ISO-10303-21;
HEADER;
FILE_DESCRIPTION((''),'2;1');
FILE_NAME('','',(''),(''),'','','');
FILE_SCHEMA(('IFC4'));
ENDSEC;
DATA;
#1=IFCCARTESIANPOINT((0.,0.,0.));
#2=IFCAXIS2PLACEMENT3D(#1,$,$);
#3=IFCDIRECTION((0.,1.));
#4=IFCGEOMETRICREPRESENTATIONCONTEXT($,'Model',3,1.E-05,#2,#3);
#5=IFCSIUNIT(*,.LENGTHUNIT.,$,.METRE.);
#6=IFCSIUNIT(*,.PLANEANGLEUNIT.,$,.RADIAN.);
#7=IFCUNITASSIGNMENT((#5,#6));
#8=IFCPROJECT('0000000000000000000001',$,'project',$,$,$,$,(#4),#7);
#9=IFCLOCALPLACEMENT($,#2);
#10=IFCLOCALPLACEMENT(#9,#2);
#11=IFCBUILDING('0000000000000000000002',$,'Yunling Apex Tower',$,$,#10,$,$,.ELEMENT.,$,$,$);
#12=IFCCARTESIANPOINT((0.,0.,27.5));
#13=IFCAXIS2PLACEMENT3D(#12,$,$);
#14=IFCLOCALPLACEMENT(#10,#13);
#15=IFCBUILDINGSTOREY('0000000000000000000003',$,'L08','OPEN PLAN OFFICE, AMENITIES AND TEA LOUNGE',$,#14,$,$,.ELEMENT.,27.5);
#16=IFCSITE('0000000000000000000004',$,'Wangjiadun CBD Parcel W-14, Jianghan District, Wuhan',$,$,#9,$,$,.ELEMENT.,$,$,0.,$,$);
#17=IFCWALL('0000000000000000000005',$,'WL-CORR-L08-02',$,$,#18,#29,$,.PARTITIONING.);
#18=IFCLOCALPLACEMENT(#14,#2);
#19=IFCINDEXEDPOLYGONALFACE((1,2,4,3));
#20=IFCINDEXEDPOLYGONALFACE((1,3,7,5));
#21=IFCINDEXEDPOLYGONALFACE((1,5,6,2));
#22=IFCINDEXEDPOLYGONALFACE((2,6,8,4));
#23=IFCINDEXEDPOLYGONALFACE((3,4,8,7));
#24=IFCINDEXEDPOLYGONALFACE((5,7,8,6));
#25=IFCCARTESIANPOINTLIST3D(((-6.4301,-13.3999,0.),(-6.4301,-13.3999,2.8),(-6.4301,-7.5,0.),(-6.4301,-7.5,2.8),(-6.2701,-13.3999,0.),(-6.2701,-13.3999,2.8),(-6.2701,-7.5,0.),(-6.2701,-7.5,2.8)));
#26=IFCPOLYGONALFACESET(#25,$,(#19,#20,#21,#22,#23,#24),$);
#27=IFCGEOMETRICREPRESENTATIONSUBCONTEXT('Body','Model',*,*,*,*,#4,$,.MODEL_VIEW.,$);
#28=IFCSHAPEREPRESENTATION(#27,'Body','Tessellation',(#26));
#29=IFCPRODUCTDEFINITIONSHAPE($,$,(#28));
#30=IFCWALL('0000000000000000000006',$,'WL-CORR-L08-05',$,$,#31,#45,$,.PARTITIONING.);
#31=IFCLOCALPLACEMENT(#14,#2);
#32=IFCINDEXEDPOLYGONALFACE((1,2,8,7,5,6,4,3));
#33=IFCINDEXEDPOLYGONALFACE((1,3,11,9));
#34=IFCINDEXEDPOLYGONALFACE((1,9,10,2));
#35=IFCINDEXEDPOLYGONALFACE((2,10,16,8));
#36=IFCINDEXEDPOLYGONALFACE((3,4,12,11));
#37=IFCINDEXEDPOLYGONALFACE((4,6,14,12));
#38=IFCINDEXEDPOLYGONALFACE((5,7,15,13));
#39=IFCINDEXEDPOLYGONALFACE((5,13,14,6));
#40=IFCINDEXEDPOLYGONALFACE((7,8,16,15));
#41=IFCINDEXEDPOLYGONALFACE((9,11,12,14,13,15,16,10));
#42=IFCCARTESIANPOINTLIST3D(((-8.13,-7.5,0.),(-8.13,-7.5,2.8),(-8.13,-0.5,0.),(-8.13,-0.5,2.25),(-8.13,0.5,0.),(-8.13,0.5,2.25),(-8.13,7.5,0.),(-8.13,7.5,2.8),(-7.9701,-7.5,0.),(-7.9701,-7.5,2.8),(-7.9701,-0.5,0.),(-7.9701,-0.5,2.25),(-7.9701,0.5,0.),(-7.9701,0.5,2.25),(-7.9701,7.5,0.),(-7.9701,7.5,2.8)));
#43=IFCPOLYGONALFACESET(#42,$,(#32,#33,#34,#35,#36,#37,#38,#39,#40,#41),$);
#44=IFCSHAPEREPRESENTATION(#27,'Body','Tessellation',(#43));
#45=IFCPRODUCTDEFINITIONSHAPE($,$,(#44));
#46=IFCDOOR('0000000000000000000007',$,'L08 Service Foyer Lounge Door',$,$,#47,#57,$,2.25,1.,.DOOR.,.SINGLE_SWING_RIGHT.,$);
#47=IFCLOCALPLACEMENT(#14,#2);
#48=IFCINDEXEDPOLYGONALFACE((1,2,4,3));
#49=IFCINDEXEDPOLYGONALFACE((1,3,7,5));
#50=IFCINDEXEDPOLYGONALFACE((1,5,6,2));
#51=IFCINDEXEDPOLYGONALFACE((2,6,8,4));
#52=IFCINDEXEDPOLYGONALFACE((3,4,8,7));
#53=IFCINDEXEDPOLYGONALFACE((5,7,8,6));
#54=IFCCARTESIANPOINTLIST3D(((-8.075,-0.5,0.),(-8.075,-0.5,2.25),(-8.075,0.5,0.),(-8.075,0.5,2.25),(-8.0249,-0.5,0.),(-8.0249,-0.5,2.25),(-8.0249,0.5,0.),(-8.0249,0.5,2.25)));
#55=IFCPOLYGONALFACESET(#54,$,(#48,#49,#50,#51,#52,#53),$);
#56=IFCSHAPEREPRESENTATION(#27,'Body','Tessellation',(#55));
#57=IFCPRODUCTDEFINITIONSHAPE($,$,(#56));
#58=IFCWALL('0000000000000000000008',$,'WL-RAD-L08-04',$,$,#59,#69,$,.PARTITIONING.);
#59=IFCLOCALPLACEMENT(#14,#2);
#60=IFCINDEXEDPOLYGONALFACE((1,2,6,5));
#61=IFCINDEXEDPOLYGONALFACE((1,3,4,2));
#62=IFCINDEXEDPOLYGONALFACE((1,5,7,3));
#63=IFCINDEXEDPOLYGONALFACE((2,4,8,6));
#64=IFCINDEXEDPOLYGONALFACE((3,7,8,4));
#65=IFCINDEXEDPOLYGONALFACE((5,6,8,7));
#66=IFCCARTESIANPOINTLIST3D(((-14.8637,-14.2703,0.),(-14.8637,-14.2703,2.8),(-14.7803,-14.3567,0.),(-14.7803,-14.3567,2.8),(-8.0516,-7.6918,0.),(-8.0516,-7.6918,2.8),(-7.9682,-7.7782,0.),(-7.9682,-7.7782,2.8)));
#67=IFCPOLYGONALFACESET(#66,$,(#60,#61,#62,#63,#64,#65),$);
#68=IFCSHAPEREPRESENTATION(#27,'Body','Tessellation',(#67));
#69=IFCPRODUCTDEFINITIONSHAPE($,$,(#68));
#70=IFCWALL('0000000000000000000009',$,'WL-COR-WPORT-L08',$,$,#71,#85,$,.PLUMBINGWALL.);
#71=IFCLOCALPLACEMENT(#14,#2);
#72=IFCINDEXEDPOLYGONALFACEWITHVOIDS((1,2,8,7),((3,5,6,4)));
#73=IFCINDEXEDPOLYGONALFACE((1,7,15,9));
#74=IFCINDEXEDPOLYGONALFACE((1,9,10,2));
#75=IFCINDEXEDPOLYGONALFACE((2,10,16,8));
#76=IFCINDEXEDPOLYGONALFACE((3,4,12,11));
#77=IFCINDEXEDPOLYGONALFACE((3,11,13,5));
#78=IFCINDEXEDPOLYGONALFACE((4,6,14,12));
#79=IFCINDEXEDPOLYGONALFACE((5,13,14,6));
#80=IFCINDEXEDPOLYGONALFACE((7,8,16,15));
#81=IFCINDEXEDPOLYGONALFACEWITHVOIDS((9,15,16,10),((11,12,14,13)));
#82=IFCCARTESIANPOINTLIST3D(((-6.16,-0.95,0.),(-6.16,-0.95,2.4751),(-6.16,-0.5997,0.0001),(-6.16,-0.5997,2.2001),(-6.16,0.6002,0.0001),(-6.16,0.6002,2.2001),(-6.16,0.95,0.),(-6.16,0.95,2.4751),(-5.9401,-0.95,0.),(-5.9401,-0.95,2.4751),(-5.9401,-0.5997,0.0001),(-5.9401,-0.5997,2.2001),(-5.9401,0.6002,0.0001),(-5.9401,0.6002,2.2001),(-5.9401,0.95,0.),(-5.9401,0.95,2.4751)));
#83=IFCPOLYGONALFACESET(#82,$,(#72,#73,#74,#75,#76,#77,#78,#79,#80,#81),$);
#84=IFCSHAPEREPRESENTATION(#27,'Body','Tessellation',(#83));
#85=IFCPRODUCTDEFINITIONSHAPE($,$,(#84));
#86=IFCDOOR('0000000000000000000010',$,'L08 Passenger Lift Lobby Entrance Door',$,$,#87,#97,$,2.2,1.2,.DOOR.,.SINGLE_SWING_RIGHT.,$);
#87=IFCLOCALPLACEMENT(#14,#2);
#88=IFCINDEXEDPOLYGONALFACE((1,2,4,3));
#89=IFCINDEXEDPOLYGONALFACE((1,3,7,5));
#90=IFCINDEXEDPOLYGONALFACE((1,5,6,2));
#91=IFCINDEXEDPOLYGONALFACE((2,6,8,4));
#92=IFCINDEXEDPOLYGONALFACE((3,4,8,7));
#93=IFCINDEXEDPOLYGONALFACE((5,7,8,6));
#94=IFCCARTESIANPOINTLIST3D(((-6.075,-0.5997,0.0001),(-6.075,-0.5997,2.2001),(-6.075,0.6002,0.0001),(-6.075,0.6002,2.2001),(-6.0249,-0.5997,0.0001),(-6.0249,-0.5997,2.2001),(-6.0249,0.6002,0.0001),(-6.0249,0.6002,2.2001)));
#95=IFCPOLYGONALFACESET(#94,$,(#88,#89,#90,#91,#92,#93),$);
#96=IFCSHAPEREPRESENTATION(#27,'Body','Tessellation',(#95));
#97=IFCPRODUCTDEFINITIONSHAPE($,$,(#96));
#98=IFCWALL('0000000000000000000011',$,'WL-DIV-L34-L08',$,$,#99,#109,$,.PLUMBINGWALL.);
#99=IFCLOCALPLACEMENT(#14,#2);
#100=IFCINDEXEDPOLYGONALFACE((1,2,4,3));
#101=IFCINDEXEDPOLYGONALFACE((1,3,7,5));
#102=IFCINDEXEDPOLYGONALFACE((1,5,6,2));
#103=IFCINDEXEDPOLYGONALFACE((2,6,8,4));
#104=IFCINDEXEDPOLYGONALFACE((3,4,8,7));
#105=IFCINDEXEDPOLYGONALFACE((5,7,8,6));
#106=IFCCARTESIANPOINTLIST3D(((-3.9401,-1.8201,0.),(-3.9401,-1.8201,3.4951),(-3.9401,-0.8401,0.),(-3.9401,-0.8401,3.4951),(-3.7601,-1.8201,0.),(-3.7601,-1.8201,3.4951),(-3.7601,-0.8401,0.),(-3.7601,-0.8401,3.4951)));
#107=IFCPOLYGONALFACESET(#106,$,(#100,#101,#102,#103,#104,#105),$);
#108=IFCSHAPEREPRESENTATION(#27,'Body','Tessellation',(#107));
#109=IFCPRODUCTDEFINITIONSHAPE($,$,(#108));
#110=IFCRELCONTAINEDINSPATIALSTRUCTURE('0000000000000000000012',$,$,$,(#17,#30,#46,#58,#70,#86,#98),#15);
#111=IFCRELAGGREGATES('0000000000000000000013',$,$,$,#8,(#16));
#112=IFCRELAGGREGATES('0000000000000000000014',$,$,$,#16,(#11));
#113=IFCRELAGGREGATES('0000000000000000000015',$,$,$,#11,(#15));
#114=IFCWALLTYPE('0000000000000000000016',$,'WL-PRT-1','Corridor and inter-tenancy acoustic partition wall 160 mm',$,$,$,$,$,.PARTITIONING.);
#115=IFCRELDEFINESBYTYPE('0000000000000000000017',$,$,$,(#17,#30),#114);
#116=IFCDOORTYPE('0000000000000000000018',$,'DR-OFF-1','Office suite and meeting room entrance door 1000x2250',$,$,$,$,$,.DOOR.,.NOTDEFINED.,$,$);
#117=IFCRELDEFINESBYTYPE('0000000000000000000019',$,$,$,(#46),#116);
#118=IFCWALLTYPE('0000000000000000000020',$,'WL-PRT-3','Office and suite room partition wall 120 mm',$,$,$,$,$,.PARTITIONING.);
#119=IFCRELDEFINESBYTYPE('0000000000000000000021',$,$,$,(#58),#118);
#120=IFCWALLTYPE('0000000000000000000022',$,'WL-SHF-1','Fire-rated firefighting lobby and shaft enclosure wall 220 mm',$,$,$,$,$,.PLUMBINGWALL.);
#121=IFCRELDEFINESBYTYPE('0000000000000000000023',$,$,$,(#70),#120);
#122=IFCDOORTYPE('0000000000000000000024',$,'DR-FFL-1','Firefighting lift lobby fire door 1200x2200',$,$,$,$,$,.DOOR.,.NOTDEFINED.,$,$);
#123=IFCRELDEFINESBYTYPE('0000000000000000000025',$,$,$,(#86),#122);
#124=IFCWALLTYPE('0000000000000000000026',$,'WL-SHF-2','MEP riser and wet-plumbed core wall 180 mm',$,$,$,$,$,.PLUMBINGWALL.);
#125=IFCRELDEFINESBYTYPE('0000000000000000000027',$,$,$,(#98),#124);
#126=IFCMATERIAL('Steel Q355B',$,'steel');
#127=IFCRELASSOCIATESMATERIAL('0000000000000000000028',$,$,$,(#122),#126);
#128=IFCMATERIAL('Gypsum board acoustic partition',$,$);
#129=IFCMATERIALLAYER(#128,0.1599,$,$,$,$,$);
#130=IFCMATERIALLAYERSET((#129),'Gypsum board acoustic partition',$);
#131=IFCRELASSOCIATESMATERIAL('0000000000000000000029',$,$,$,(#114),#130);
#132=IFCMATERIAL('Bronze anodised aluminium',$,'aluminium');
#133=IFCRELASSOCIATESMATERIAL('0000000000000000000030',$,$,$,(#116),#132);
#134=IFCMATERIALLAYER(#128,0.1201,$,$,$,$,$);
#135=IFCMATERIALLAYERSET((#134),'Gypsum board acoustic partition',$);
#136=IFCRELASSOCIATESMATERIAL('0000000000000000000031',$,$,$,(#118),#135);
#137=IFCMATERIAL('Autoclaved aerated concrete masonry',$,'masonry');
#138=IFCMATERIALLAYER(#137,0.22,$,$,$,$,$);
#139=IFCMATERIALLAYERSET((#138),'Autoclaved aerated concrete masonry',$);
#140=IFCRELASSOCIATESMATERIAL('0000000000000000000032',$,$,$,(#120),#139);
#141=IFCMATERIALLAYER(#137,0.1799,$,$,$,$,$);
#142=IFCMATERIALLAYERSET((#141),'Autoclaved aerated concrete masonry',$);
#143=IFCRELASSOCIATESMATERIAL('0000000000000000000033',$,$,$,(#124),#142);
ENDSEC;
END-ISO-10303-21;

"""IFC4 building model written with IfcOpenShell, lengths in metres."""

from ifc_helpers import new_model, si_unit, direction, frame, frame_2d, origin, place, context, subcontext, project, spatial, rectangle, extrude, material, layer, layer_set, type_object, element, fill, save


model = new_model("IFC4")

# Units and contexts
model_context = context("Model", 3, precision=1e-05, world=origin(), true_north=direction((0.0, 1.0)))
body_context = subcontext(model_context, "Body", "Model", "MODEL_VIEW")
ifc_project = project(units=[si_unit("LENGTHUNIT", "METRE"), si_unit("PLANEANGLEUNIT", "RADIAN")], contexts=[model_context])

# Site, building, storey
site_placement = place(None, origin())
site = spatial("IfcSite", under=ifc_project, at=site_placement, Name="Wangjiadun CBD Parcel W-14, Jianghan District, Wuhan", CompositionType="ELEMENT", RefElevation=0.0)
building_placement = place(site_placement, origin())
building = spatial("IfcBuilding", under=site, at=building_placement, Name="Yunling Apex Tower", CompositionType="ELEMENT")
storey_placement = place(building_placement, frame((0.0, 0.0, 27.5)))
storey = spatial("IfcBuildingStorey", under=building, at=storey_placement, Name="L08", Description="OPEN PLAN OFFICE, AMENITIES AND TEA LOUNGE", CompositionType="ELEMENT", Elevation=27.5)

# Shared definitions
ifc_material_1 = material(Name="Steel Q355B", Category="steel")

# Shared definitions
door_type_1 = type_object("IfcDoorType", Name="DR-FFL-1", Description="Firefighting lift lobby fire door 1200x2200", OperationType="NOTDEFINED", PredefinedType="DOOR", material=ifc_material_1)

# Wall
ifc_material_2 = material(Name="Gypsum board acoustic partition")
ifc_layer_1 = layer(ifc_material_2, 0.1599)
ifc_layer_set_1 = layer_set([ifc_layer_1], Name="Gypsum board acoustic partition")
wall_type_1 = type_object("IfcWallType", Name="WL-PRT-1", Description="Corridor and inter-tenancy acoustic partition wall 160 mm", PredefinedType="PARTITIONING", material=ifc_layer_set_1)
wall_1_placement = place(storey_placement, frame((-6.3501, -7.5, 0.0), z_axis=(0.0, 0.0, 1.0), x_axis=(0.0, -1.0, 0.0)))
element("IfcWall", 1, at=wall_1_placement, inside=storey, type_object=wall_type_1, Name="WL-CORR-L08-02", PredefinedType="PARTITIONING", context=body_context, shape_type="SweptSolid", body=[
    extrude(rectangle(XDim=5.8999, YDim=0.1599, at=frame_2d((2.95, 0.0))), origin(), (0.0, 0.0, 1.0), 2.8),
])

# Wall, opening, door
wall_2_placement = place(storey_placement, frame((-8.05, -7.5, 0.0), z_axis=(0.0, 0.0, 1.0), x_axis=(0.0, 1.0, 0.0)))
wall_2 = element("IfcWall", 2, at=wall_2_placement, inside=storey, type_object=wall_type_1, Name="WL-CORR-L08-05", PredefinedType="PARTITIONING", context=body_context, shape_type="SweptSolid", body=[
    extrude(rectangle(XDim=15.0, YDim=0.1599, at=frame_2d((7.5, 0.0))), origin(), (0.0, 0.0, 1.0), 2.8),
])
opening_1_placement = place(wall_2_placement, frame((7.0, 0.0, 0.0)))
opening_1 = element("IfcOpeningElement", 3, at=opening_1_placement, cuts=wall_2, PredefinedType="OPENING", context=body_context, shape_type="SweptSolid", body=[
    extrude(rectangle(XDim=1.0, YDim=2.25, at=frame_2d((0.5, 1.125))), frame((0.0, 0.0898, 0.0), z_axis=(0.0, -1.0, 0.0), x_axis=(1.0, 0.0, 0.0)), (0.0, 0.0, 1.0), 0.1799),
])
ifc_material_3 = material(Name="Bronze anodised aluminium", Category="aluminium")
door_type_2 = type_object("IfcDoorType", Name="DR-OFF-1", Description="Office suite and meeting room entrance door 1000x2250", OperationType="NOTDEFINED", PredefinedType="DOOR", material=ifc_material_3)
door_1_placement = place(opening_1_placement, origin())
door_1 = element("IfcDoor", 4, at=door_1_placement, inside=storey, type_object=door_type_2, Name="L08 Service Foyer Lounge Door", OperationType="SINGLE_SWING_RIGHT", OverallHeight=2.25, OverallWidth=1.0, PredefinedType="DOOR", context=body_context, shape_type="SweptSolid", body=[
    extrude(rectangle(XDim=1.0, YDim=2.25, at=frame_2d((0.5, 1.125))), frame((0.0, 0.0249, 0.0), z_axis=(0.0, -1.0, 0.0), x_axis=(1.0, 0.0, 0.0)), (0.0, 0.0, 1.0), 0.05),
])
fill(opening_1, door_1)

# Wall
ifc_layer_2 = layer(ifc_material_2, 0.1201)
ifc_layer_set_2 = layer_set([ifc_layer_2], Name="Gypsum board acoustic partition")
wall_type_2 = type_object("IfcWallType", Name="WL-PRT-3", Description="Office and suite room partition wall 120 mm", PredefinedType="PARTITIONING", material=ifc_layer_set_2)
wall_3_placement = place(storey_placement, frame((-8.01, -7.7351, 0.0), z_axis=(0.0, 0.0, 1.0), x_axis=(-0.719335, -0.694663, 0.0)))
element("IfcWall", 5, at=wall_3_placement, inside=storey, type_object=wall_type_2, Name="WL-RAD-L08-04", PredefinedType="PARTITIONING", context=body_context, shape_type="SweptSolid", body=[
    extrude(rectangle(XDim=9.47, YDim=0.1201, at=frame_2d((4.7349, 0.0))), origin(), (0.0, 0.0, 1.0), 2.8),
])

# Wall, opening, door
ifc_material_4 = material(Name="Autoclaved aerated concrete masonry", Category="masonry")
ifc_layer_3 = layer(ifc_material_4, 0.22)
ifc_layer_set_3 = layer_set([ifc_layer_3], Name="Autoclaved aerated concrete masonry")
wall_type_3 = type_object("IfcWallType", Name="WL-SHF-1", Description="Fire-rated firefighting lobby and shaft enclosure wall 220 mm", PredefinedType="PLUMBINGWALL", material=ifc_layer_set_3)
wall_4_placement = place(storey_placement, frame((-6.05, -0.95, 0.0), z_axis=(0.0, 0.0, 1.0), x_axis=(0.0, 1.0, 0.0)))
wall_4 = element("IfcWall", 6, at=wall_4_placement, inside=storey, type_object=wall_type_3, Name="WL-COR-WPORT-L08", PredefinedType="PLUMBINGWALL", context=body_context, shape_type="SweptSolid", body=[
    extrude(rectangle(XDim=1.8999, YDim=0.22, at=frame_2d((0.95, 0.0))), origin(), (0.0, 0.0, 1.0), 2.4751),
])
opening_2_placement = place(wall_4_placement, frame((0.3501, 0.0, 0.0)))
opening_2 = element("IfcOpeningElement", 7, at=opening_2_placement, cuts=wall_4, PredefinedType="OPENING", context=body_context, shape_type="SweptSolid", body=[
    extrude(rectangle(XDim=1.2, YDim=2.2, at=frame_2d((0.6001, 1.1001))), frame((0.0, 0.1201, 0.0), z_axis=(0.0, -1.0, 0.0), x_axis=(1.0, 0.0, 0.0)), (0.0, 0.0, 1.0), 0.24),
])
door_2_placement = place(opening_2_placement, origin())
door_2 = element("IfcDoor", 8, at=door_2_placement, inside=storey, type_object=door_type_1, Name="L08 Passenger Lift Lobby Entrance Door", OperationType="SINGLE_SWING_RIGHT", OverallHeight=2.2, OverallWidth=1.2, PredefinedType="DOOR", context=body_context, shape_type="SweptSolid", body=[
    extrude(rectangle(XDim=1.2, YDim=2.2, at=frame_2d((0.6001, 1.1001))), frame((0.0, 0.0249, 0.0), z_axis=(0.0, -1.0, 0.0), x_axis=(1.0, 0.0, 0.0)), (0.0, 0.0, 1.0), 0.05),
])
fill(opening_2, door_2)

# Wall
ifc_layer_4 = layer(ifc_material_4, 0.1799)
ifc_layer_set_4 = layer_set([ifc_layer_4], Name="Autoclaved aerated concrete masonry")
wall_type_4 = type_object("IfcWallType", Name="WL-SHF-2", Description="MEP riser and wet-plumbed core wall 180 mm", PredefinedType="PLUMBINGWALL", material=ifc_layer_set_4)
wall_5_placement = place(storey_placement, frame((-3.8501, -1.8201, 0.0), z_axis=(0.0, 0.0, 1.0), x_axis=(0.0, 1.0, 0.0)))
element("IfcWall", 9, at=wall_5_placement, inside=storey, type_object=wall_type_4, Name="WL-DIV-L34-L08", PredefinedType="PLUMBINGWALL", context=body_context, shape_type="SweptSolid", body=[
    extrude(rectangle(XDim=0.98, YDim=0.1799, at=frame_2d((0.49, 0.0))), origin(), (0.0, 0.0, 1.0), 3.4951),
])

save(model, "model.ifc")
